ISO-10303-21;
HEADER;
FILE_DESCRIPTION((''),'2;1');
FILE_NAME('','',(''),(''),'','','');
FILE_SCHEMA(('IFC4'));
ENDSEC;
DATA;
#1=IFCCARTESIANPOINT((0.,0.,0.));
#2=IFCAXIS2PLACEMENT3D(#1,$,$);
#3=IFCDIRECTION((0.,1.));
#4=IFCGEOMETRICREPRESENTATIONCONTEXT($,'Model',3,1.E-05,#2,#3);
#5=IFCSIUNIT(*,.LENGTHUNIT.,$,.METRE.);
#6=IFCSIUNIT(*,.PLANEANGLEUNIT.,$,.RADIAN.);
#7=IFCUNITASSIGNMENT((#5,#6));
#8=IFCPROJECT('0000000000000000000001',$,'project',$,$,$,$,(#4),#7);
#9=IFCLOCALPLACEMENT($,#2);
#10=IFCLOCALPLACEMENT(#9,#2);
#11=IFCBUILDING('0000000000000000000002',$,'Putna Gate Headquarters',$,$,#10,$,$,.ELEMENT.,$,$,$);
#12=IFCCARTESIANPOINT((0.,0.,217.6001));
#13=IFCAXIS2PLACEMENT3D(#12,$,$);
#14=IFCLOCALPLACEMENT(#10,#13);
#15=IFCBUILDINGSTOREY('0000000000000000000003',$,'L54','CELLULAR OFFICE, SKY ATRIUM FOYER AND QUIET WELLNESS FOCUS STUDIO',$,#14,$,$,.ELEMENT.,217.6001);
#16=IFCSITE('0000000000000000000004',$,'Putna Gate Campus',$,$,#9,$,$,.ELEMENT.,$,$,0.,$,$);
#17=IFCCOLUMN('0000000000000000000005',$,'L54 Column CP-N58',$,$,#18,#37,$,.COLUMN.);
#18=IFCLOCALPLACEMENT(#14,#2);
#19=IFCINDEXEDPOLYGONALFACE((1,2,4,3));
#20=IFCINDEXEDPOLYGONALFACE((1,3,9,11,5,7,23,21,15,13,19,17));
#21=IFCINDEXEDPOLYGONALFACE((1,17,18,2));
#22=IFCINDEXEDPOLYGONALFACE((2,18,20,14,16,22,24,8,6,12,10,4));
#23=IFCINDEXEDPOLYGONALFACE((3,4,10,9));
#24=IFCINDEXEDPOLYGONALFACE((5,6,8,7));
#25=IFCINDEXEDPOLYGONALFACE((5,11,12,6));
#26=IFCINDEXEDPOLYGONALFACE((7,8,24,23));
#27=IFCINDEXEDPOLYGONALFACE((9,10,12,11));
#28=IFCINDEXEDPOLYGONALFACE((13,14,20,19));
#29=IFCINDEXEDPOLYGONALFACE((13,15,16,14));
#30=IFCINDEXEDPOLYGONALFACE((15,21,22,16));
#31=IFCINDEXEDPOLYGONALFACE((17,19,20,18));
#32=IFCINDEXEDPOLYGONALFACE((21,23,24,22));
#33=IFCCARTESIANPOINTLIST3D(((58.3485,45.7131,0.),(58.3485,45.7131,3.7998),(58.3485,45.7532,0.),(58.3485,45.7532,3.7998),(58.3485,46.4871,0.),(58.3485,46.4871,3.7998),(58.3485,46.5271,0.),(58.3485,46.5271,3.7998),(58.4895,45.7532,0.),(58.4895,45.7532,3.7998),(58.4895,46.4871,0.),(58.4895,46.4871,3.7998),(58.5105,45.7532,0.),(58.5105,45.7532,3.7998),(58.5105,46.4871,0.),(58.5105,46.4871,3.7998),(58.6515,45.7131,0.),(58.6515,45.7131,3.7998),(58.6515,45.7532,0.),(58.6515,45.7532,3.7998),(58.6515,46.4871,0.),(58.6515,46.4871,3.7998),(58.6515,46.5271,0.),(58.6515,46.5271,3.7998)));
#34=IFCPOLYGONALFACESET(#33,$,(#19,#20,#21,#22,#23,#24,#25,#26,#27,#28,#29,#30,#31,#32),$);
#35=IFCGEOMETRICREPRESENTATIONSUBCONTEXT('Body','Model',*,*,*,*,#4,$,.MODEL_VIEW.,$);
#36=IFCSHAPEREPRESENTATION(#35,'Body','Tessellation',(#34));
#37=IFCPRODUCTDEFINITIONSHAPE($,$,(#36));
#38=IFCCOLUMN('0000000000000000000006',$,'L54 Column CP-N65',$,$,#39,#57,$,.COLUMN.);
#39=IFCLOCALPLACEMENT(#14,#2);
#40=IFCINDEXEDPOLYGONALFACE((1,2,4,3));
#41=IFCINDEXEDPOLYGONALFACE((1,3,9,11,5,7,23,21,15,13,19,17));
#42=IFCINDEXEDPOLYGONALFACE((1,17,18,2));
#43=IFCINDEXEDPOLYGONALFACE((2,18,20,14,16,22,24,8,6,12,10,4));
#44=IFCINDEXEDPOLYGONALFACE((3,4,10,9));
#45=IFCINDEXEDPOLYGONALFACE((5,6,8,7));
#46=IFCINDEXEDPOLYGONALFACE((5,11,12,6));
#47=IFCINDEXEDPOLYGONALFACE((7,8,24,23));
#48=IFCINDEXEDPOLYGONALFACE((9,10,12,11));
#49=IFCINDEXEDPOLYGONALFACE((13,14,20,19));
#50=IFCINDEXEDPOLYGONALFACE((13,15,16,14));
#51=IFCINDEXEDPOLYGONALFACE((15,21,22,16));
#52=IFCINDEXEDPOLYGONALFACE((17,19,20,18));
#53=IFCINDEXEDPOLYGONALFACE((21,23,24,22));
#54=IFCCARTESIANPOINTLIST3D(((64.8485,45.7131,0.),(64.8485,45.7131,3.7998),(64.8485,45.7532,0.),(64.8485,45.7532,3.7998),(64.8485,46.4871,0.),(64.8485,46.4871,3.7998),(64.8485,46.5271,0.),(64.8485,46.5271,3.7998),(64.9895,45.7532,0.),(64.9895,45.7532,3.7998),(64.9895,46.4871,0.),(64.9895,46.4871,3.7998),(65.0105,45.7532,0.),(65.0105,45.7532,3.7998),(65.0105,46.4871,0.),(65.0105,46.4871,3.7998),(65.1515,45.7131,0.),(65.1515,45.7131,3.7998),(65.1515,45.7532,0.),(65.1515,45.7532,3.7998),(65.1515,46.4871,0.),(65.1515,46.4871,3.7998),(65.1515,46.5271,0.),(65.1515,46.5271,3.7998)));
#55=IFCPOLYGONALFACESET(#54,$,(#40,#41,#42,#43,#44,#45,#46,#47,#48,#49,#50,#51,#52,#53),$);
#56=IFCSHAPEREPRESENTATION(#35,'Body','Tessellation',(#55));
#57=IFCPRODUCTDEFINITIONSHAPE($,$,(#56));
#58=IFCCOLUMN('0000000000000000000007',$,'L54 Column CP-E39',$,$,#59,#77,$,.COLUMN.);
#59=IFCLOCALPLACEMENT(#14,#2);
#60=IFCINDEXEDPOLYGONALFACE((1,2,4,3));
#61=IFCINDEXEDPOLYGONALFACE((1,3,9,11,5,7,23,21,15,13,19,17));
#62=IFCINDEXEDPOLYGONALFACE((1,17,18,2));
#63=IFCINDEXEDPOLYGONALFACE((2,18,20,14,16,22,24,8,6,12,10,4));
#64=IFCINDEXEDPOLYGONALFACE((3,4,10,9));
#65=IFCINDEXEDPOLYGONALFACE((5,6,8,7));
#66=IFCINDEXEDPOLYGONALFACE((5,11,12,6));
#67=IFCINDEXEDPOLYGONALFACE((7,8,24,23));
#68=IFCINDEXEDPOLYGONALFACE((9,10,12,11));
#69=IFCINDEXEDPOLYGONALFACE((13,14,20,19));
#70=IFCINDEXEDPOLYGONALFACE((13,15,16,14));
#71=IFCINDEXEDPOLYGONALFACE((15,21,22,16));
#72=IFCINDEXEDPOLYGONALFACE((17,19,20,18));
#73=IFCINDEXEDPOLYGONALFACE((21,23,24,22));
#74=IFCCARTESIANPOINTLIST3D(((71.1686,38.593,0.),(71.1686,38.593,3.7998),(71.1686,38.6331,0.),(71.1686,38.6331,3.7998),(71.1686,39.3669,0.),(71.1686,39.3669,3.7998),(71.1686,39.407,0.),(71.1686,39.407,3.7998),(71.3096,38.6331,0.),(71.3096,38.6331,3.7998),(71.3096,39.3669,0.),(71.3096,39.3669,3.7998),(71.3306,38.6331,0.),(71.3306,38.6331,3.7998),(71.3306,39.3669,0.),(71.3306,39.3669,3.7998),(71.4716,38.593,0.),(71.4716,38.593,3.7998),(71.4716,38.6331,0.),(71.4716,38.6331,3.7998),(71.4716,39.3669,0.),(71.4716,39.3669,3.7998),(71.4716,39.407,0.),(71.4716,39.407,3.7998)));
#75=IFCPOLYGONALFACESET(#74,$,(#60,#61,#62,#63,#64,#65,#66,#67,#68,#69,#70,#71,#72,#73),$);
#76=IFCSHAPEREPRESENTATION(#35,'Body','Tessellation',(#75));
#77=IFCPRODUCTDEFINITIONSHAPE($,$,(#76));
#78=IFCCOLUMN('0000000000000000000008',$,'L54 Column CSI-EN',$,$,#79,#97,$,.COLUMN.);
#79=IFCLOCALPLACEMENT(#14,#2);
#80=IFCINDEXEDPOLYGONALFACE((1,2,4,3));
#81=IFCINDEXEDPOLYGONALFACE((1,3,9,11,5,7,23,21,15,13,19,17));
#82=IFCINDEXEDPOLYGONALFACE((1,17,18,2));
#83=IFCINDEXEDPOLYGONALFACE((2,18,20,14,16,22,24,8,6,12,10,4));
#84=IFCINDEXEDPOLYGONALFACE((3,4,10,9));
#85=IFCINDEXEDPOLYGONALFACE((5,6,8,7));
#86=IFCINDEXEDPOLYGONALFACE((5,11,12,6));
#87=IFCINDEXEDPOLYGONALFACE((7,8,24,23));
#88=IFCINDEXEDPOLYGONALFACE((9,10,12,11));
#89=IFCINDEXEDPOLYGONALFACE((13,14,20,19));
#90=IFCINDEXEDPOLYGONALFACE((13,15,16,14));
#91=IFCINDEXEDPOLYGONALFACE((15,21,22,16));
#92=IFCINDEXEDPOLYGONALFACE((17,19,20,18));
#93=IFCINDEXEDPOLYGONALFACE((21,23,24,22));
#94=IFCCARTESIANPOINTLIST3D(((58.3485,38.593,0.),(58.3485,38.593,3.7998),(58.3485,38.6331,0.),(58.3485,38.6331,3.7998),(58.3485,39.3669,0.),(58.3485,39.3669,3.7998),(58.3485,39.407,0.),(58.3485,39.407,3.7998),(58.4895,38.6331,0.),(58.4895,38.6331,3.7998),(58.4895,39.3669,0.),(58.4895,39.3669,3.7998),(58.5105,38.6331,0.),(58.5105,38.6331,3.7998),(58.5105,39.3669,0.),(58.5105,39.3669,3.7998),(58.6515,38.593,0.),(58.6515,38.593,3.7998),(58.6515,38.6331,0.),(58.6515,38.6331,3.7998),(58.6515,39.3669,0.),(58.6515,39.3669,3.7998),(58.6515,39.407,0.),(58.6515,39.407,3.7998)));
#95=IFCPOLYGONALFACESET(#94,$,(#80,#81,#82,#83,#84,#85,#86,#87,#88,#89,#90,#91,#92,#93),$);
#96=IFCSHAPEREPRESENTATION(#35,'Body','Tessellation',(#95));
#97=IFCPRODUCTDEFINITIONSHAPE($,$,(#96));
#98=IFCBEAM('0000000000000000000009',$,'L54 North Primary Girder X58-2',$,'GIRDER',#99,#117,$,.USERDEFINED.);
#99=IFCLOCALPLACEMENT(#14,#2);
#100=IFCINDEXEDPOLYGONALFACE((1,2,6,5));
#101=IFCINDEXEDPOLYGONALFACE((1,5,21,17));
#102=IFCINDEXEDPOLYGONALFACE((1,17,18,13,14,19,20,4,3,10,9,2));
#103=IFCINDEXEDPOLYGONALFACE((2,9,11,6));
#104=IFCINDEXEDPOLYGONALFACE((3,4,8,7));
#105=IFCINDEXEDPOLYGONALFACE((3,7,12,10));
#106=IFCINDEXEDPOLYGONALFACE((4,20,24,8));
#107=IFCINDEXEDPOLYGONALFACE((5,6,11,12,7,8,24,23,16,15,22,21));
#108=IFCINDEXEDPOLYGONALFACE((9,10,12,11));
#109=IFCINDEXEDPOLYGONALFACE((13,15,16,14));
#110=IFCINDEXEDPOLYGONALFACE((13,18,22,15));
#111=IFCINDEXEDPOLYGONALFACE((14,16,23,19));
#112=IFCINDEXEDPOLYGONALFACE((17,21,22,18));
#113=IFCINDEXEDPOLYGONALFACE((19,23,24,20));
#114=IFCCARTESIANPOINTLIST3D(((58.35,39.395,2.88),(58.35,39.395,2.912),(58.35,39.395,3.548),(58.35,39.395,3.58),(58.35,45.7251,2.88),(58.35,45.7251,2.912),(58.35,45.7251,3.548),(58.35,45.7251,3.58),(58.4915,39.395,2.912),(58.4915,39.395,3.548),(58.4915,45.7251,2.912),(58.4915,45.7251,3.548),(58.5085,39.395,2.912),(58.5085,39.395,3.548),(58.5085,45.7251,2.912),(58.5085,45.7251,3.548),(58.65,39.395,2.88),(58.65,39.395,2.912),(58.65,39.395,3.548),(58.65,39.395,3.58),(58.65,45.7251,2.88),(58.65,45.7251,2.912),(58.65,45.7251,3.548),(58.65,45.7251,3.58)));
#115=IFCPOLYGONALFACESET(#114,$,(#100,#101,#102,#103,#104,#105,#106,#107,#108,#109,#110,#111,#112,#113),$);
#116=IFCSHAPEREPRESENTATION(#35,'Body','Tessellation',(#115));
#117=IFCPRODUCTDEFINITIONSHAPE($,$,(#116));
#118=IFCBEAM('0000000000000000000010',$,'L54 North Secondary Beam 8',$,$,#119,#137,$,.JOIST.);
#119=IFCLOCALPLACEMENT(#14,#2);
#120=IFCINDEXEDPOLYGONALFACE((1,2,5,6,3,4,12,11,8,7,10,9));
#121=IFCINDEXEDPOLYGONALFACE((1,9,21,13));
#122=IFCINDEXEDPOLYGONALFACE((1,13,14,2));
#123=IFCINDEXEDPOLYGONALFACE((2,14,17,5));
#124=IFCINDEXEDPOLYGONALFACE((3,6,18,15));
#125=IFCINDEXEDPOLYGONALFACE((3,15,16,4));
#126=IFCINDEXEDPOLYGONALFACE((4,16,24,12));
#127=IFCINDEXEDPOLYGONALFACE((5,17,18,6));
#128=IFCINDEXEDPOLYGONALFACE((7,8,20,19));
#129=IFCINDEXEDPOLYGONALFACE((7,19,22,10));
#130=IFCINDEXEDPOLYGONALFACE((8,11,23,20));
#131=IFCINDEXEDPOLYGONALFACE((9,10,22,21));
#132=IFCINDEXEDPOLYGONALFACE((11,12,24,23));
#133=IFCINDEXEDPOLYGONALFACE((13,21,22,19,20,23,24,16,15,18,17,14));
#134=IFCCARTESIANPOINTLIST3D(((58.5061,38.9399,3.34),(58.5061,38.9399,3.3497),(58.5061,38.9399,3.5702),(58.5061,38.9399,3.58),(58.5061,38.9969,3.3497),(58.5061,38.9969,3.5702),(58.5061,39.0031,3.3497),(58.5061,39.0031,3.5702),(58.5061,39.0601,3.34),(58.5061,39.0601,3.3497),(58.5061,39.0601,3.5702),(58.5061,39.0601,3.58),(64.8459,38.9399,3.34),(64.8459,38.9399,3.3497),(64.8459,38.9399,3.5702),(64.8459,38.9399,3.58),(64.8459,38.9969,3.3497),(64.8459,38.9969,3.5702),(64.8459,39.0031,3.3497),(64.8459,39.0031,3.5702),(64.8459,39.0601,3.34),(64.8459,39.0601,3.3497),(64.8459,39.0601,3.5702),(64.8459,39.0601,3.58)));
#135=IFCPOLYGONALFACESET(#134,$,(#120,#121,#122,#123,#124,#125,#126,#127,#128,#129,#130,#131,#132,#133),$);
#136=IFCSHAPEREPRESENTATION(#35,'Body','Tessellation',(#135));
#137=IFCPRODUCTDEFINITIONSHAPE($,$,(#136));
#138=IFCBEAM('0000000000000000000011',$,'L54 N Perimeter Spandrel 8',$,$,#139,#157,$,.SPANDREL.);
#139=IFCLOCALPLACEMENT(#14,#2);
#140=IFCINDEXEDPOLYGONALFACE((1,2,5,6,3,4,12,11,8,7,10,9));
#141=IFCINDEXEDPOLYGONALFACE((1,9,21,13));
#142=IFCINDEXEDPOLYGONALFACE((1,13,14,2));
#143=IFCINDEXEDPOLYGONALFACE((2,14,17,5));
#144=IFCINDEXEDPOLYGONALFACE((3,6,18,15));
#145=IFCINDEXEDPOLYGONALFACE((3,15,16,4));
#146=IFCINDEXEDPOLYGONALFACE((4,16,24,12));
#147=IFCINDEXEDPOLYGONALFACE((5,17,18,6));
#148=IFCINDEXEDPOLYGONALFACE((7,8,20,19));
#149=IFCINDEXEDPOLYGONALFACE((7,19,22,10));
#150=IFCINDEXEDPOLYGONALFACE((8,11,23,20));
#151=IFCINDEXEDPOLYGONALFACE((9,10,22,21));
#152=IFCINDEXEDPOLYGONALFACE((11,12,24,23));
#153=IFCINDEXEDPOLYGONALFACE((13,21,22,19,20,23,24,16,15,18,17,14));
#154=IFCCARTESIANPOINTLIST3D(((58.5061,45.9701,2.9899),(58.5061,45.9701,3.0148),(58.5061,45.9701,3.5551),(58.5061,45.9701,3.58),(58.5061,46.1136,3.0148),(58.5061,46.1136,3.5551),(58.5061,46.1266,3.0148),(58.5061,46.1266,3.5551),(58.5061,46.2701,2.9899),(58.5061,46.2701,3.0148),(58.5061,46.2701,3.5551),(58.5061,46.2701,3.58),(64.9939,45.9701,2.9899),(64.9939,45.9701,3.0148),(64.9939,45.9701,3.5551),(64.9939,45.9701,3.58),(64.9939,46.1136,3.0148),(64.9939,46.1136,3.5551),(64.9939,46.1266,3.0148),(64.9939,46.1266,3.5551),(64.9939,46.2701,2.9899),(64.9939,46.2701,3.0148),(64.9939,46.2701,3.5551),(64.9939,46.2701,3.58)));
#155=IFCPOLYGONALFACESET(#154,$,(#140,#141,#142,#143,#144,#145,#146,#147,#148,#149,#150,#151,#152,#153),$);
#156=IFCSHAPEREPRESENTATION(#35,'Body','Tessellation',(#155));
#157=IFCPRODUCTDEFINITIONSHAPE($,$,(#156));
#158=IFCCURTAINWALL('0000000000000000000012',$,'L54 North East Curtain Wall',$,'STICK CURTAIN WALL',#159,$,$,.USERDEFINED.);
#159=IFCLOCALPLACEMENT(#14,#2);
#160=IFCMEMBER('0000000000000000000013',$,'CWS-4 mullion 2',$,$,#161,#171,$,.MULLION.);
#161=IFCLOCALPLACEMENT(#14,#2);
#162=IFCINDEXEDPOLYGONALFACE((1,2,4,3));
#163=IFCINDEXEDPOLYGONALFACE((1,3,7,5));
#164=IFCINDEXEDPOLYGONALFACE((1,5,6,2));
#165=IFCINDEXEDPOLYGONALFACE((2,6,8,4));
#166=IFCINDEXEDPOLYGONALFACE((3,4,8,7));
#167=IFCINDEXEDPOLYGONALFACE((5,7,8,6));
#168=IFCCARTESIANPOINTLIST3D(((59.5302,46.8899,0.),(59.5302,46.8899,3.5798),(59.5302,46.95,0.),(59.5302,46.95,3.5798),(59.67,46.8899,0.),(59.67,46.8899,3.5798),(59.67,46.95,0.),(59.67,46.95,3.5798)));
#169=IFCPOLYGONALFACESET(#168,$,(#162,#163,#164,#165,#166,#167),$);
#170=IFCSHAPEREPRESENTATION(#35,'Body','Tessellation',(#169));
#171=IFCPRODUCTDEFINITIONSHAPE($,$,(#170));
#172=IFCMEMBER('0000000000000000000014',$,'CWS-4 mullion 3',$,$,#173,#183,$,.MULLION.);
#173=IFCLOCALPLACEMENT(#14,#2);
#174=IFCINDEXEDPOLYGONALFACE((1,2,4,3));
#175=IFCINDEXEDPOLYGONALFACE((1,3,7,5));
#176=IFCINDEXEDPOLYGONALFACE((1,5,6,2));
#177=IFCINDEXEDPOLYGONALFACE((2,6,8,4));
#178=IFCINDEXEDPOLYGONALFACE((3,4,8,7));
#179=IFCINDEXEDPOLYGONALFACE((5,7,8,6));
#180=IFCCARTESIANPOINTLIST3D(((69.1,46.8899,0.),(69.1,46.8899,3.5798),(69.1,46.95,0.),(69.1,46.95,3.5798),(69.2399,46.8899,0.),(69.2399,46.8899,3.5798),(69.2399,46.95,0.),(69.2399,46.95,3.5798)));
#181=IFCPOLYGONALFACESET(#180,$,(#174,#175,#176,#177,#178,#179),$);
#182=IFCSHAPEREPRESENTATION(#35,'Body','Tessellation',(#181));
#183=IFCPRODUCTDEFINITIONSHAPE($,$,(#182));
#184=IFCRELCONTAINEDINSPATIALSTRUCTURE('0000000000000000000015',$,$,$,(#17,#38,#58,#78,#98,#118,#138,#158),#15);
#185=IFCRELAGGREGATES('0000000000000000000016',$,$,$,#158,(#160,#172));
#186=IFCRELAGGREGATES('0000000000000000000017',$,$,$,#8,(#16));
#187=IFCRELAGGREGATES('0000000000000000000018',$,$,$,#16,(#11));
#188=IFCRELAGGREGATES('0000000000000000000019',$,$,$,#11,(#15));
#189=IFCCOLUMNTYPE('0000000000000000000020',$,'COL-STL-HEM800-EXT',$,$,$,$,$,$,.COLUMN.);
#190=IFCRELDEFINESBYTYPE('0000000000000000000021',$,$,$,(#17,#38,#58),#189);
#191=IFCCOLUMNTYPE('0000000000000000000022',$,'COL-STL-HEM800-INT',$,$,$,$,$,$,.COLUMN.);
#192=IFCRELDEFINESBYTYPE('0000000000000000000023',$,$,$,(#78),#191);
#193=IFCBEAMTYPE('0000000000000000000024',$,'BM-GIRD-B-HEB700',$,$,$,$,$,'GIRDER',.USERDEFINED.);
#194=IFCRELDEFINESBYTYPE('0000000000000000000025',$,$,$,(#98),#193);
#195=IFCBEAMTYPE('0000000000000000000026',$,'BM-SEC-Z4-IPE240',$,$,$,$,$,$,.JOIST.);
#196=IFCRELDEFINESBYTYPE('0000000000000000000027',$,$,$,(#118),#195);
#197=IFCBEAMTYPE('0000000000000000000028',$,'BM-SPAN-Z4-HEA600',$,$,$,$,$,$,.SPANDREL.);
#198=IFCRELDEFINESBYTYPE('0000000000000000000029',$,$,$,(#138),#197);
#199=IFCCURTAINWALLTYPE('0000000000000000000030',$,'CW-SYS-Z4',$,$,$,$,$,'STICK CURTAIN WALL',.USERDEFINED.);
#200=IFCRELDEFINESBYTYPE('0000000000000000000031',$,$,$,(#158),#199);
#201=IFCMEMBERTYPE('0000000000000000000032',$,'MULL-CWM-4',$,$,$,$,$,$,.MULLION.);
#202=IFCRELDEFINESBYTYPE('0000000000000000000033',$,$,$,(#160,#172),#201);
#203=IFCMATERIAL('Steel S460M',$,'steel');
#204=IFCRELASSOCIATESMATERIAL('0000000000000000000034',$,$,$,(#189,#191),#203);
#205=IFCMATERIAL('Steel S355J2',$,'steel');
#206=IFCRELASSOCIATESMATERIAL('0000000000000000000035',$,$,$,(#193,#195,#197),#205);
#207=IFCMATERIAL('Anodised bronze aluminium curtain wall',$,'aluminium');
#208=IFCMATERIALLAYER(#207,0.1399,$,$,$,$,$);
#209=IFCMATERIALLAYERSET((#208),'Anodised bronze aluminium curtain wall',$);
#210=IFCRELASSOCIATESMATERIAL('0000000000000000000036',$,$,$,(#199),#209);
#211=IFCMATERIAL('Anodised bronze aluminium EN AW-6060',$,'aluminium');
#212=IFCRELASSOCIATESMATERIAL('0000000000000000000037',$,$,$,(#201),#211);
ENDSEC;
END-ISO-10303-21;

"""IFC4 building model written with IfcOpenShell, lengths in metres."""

from ifc_helpers import new_model, si_unit, direction, frame, origin, origin_2d, place, context, subcontext, project, spatial, rectangle, i_section, extrude, material, layer, layer_set, material_profile, profile_set, type_object, element, aggregate, save


model = new_model("IFC4")

# Units and contexts
model_context = context("Model", 3, precision=1e-05, world=origin(), true_north=direction((0.0, 1.0)))
body_context = subcontext(model_context, "Body", "Model", "MODEL_VIEW")
ifc_project = project(units=[si_unit("LENGTHUNIT", "METRE"), si_unit("PLANEANGLEUNIT", "RADIAN")], contexts=[model_context])

# Site, building, storey
site_placement = place(None, origin())
site = spatial("IfcSite", under=ifc_project, at=site_placement, Name="Putna Gate Campus", CompositionType="ELEMENT", RefElevation=0.0)
building_placement = place(site_placement, origin())
building = spatial("IfcBuilding", under=site, at=building_placement, Name="Putna Gate Headquarters", CompositionType="ELEMENT")
storey_placement = place(building_placement, frame((0.0, 0.0, 217.6001)))
storey = spatial("IfcBuildingStorey", under=building, at=storey_placement, Name="L54", Description="CELLULAR OFFICE, SKY ATRIUM FOYER AND QUIET WELLNESS FOCUS STUDIO", CompositionType="ELEMENT", Elevation=217.6001)

# Columns
ifc_material_1 = material(Name="Steel S460M", Category="steel")
ifc_material_profile_1 = material_profile(ifc_material_1, i_section(OverallWidth=0.303, OverallDepth=0.814, WebThickness=0.021, FlangeThickness=0.04, at=origin_2d()), Name="Steel S460M")
ifc_profile_set_1 = profile_set([ifc_material_profile_1], Name="Steel S460M")
column_type_1 = type_object("IfcColumnType", Name="COL-STL-HEM800-EXT", PredefinedType="COLUMN", material=ifc_profile_set_1)
for number, where, z_axis, x_axis, name in (
    (1, (58.5, 46.1201, 0.0), (0.0, 0.0, 1.0), (1.0, 0.0, 0.0), "L54 Column CP-N58"),
    (2, (65.0, 46.1201, 0.0), (0.0, 0.0, 1.0), (1.0, 0.0, 0.0), "L54 Column CP-N65"),
    (3, (71.3201, 39.0, 0.0), (0.0, 0.0, 1.0), (1.0, 0.0, 0.0), "L54 Column CP-E39"),
):
    element("IfcColumn", number, at=place(storey_placement, frame(where, z_axis=z_axis, x_axis=x_axis)), inside=storey, type_object=column_type_1, Name=name, PredefinedType="COLUMN", context=body_context, shape_type="SweptSolid", body=[
        extrude(i_section(OverallWidth=0.303, OverallDepth=0.814, WebThickness=0.021, FlangeThickness=0.04, at=origin_2d()), origin(), (0.0, 0.0, 1.0), 3.7998),
    ])
ifc_material_profile_2 = material_profile(ifc_material_1, i_section(OverallWidth=0.303, OverallDepth=0.814, WebThickness=0.021, FlangeThickness=0.04, at=origin_2d()), Name="Steel S460M")
ifc_profile_set_2 = profile_set([ifc_material_profile_2], Name="Steel S460M")
column_type_2 = type_object("IfcColumnType", Name="COL-STL-HEM800-INT", PredefinedType="COLUMN", material=ifc_profile_set_2)
column_placement = place(storey_placement, frame((58.5, 39.0, 0.0), z_axis=(0.0, 0.0, 1.0), x_axis=(1.0, 0.0, 0.0)))
element("IfcColumn", 4, at=column_placement, inside=storey, type_object=column_type_2, Name="L54 Column CSI-EN", PredefinedType="COLUMN", context=body_context, shape_type="SweptSolid", body=[
    extrude(i_section(OverallWidth=0.303, OverallDepth=0.814, WebThickness=0.021, FlangeThickness=0.04, at=origin_2d()), origin(), (0.0, 0.0, 1.0), 3.7998),
])

# Beams
ifc_material_2 = material(Name="Steel S355J2", Category="steel")
ifc_material_profile_3 = material_profile(ifc_material_2, i_section(OverallWidth=0.3, OverallDepth=0.7, WebThickness=0.0171, FlangeThickness=0.032, at=origin_2d()), Name="Steel S355J2")
ifc_profile_set_3 = profile_set([ifc_material_profile_3], Name="Steel S355J2")
beam_type_1 = type_object("IfcBeamType", Name="BM-GIRD-B-HEB700", ElementType="GIRDER", PredefinedType="USERDEFINED", material=ifc_profile_set_3)
beam_1_placement = place(storey_placement, frame((58.5, 39.395, 3.23), z_axis=(0.0, 1.0, 0.0), x_axis=(-1.0, 0.0, 0.0)))
element("IfcBeam", 5, at=beam_1_placement, inside=storey, type_object=beam_type_1, Name="L54 North Primary Girder X58-2", ObjectType="GIRDER", PredefinedType="USERDEFINED", context=body_context, shape_type="SweptSolid", body=[
    extrude(i_section(OverallWidth=0.3, OverallDepth=0.7, WebThickness=0.0171, FlangeThickness=0.032, at=origin_2d()), origin(), (0.0, 0.0, 1.0), 6.3301),
])
ifc_material_profile_4 = material_profile(ifc_material_2, i_section(OverallWidth=0.1201, OverallDepth=0.24, WebThickness=0.0061, FlangeThickness=0.0098, at=origin_2d()), Name="Steel S355J2")
ifc_profile_set_4 = profile_set([ifc_material_profile_4], Name="Steel S355J2")
beam_type_2 = type_object("IfcBeamType", Name="BM-SEC-Z4-IPE240", PredefinedType="JOIST", material=ifc_profile_set_4)
beam_2_placement = place(storey_placement, frame((58.5061, 39.0, 3.46), z_axis=(1.0, 0.0, 0.0), x_axis=(0.0, 1.0, 0.0)))
element("IfcBeam", 6, at=beam_2_placement, inside=storey, type_object=beam_type_2, Name="L54 North Secondary Beam 8", PredefinedType="JOIST", context=body_context, shape_type="SweptSolid", body=[
    extrude(i_section(OverallWidth=0.1201, OverallDepth=0.24, WebThickness=0.0061, FlangeThickness=0.0098, at=origin_2d()), origin(), (0.0, 0.0, 1.0), 6.3398),
])
ifc_material_profile_5 = material_profile(ifc_material_2, i_section(OverallWidth=0.3, OverallDepth=0.5901, WebThickness=0.0129, FlangeThickness=0.0249, at=origin_2d()), Name="Steel S355J2")
ifc_profile_set_5 = profile_set([ifc_material_profile_5], Name="Steel S355J2")
beam_type_3 = type_object("IfcBeamType", Name="BM-SPAN-Z4-HEA600", PredefinedType="SPANDREL", material=ifc_profile_set_5)
beam_3_placement = place(storey_placement, frame((58.5061, 46.1201, 3.2849), z_axis=(1.0, 0.0, 0.0), x_axis=(0.0, 1.0, 0.0)))
element("IfcBeam", 7, at=beam_3_placement, inside=storey, type_object=beam_type_3, Name="L54 N Perimeter Spandrel 8", PredefinedType="SPANDREL", context=body_context, shape_type="SweptSolid", body=[
    extrude(i_section(OverallWidth=0.3, OverallDepth=0.5901, WebThickness=0.0129, FlangeThickness=0.0249, at=origin_2d()), origin(), (0.0, 0.0, 1.0), 6.4878),
])

# Curtain wall, members
ifc_material_3 = material(Name="Anodised bronze aluminium curtain wall", Category="aluminium")
ifc_layer_1 = layer(ifc_material_3, 0.1399)
ifc_layer_set_1 = layer_set([ifc_layer_1], Name="Anodised bronze aluminium curtain wall")
curtain_wall_type = type_object("IfcCurtainWallType", Name="CW-SYS-Z4", ElementType="STICK CURTAIN WALL", PredefinedType="USERDEFINED", material=ifc_layer_set_1)
curtain_wall_1_placement = place(storey_placement, origin())
curtain_wall_1 = element("IfcCurtainWall", 8, at=curtain_wall_1_placement, inside=storey, type_object=curtain_wall_type, Name="L54 North East Curtain Wall", ObjectType="STICK CURTAIN WALL", PredefinedType="USERDEFINED")
ifc_material_4 = material(Name="Anodised bronze aluminium EN AW-6060", Category="aluminium")
ifc_material_profile_6 = material_profile(ifc_material_4, rectangle(XDim=0.0601, YDim=0.1399, at=origin_2d()), Name="Anodised bronze aluminium EN AW-6060")
ifc_profile_set_6 = profile_set([ifc_material_profile_6], Name="Anodised bronze aluminium EN AW-6060")
member_type_1 = type_object("IfcMemberType", Name="MULL-CWM-4", PredefinedType="MULLION", material=ifc_profile_set_6)
member_1_placement = place(storey_placement, frame((59.6001, 46.9199, 0.0), z_axis=(0.0, 0.0, 1.0), x_axis=(0.0, 1.0, 0.0)))
member_1 = element("IfcMember", 9, at=member_1_placement, type_object=member_type_1, Name="CWS-4 mullion 2", PredefinedType="MULLION", context=body_context, shape_type="SweptSolid", body=[
    extrude(rectangle(XDim=0.0601, YDim=0.1399, at=origin_2d()), origin(), (0.0, 0.0, 1.0), 3.5798),
])
member_2_placement = place(storey_placement, frame((69.1699, 46.9199, 0.0), z_axis=(0.0, 0.0, 1.0), x_axis=(0.0, 1.0, 0.0)))
member_2 = element("IfcMember", 10, at=member_2_placement, type_object=member_type_1, Name="CWS-4 mullion 3", PredefinedType="MULLION", context=body_context, shape_type="SweptSolid", body=[
    extrude(rectangle(XDim=0.0601, YDim=0.1399, at=origin_2d()), origin(), (0.0, 0.0, 1.0), 3.5798),
])

aggregate(curtain_wall_1, [member_1, member_2])

save(model, "model.ifc")
